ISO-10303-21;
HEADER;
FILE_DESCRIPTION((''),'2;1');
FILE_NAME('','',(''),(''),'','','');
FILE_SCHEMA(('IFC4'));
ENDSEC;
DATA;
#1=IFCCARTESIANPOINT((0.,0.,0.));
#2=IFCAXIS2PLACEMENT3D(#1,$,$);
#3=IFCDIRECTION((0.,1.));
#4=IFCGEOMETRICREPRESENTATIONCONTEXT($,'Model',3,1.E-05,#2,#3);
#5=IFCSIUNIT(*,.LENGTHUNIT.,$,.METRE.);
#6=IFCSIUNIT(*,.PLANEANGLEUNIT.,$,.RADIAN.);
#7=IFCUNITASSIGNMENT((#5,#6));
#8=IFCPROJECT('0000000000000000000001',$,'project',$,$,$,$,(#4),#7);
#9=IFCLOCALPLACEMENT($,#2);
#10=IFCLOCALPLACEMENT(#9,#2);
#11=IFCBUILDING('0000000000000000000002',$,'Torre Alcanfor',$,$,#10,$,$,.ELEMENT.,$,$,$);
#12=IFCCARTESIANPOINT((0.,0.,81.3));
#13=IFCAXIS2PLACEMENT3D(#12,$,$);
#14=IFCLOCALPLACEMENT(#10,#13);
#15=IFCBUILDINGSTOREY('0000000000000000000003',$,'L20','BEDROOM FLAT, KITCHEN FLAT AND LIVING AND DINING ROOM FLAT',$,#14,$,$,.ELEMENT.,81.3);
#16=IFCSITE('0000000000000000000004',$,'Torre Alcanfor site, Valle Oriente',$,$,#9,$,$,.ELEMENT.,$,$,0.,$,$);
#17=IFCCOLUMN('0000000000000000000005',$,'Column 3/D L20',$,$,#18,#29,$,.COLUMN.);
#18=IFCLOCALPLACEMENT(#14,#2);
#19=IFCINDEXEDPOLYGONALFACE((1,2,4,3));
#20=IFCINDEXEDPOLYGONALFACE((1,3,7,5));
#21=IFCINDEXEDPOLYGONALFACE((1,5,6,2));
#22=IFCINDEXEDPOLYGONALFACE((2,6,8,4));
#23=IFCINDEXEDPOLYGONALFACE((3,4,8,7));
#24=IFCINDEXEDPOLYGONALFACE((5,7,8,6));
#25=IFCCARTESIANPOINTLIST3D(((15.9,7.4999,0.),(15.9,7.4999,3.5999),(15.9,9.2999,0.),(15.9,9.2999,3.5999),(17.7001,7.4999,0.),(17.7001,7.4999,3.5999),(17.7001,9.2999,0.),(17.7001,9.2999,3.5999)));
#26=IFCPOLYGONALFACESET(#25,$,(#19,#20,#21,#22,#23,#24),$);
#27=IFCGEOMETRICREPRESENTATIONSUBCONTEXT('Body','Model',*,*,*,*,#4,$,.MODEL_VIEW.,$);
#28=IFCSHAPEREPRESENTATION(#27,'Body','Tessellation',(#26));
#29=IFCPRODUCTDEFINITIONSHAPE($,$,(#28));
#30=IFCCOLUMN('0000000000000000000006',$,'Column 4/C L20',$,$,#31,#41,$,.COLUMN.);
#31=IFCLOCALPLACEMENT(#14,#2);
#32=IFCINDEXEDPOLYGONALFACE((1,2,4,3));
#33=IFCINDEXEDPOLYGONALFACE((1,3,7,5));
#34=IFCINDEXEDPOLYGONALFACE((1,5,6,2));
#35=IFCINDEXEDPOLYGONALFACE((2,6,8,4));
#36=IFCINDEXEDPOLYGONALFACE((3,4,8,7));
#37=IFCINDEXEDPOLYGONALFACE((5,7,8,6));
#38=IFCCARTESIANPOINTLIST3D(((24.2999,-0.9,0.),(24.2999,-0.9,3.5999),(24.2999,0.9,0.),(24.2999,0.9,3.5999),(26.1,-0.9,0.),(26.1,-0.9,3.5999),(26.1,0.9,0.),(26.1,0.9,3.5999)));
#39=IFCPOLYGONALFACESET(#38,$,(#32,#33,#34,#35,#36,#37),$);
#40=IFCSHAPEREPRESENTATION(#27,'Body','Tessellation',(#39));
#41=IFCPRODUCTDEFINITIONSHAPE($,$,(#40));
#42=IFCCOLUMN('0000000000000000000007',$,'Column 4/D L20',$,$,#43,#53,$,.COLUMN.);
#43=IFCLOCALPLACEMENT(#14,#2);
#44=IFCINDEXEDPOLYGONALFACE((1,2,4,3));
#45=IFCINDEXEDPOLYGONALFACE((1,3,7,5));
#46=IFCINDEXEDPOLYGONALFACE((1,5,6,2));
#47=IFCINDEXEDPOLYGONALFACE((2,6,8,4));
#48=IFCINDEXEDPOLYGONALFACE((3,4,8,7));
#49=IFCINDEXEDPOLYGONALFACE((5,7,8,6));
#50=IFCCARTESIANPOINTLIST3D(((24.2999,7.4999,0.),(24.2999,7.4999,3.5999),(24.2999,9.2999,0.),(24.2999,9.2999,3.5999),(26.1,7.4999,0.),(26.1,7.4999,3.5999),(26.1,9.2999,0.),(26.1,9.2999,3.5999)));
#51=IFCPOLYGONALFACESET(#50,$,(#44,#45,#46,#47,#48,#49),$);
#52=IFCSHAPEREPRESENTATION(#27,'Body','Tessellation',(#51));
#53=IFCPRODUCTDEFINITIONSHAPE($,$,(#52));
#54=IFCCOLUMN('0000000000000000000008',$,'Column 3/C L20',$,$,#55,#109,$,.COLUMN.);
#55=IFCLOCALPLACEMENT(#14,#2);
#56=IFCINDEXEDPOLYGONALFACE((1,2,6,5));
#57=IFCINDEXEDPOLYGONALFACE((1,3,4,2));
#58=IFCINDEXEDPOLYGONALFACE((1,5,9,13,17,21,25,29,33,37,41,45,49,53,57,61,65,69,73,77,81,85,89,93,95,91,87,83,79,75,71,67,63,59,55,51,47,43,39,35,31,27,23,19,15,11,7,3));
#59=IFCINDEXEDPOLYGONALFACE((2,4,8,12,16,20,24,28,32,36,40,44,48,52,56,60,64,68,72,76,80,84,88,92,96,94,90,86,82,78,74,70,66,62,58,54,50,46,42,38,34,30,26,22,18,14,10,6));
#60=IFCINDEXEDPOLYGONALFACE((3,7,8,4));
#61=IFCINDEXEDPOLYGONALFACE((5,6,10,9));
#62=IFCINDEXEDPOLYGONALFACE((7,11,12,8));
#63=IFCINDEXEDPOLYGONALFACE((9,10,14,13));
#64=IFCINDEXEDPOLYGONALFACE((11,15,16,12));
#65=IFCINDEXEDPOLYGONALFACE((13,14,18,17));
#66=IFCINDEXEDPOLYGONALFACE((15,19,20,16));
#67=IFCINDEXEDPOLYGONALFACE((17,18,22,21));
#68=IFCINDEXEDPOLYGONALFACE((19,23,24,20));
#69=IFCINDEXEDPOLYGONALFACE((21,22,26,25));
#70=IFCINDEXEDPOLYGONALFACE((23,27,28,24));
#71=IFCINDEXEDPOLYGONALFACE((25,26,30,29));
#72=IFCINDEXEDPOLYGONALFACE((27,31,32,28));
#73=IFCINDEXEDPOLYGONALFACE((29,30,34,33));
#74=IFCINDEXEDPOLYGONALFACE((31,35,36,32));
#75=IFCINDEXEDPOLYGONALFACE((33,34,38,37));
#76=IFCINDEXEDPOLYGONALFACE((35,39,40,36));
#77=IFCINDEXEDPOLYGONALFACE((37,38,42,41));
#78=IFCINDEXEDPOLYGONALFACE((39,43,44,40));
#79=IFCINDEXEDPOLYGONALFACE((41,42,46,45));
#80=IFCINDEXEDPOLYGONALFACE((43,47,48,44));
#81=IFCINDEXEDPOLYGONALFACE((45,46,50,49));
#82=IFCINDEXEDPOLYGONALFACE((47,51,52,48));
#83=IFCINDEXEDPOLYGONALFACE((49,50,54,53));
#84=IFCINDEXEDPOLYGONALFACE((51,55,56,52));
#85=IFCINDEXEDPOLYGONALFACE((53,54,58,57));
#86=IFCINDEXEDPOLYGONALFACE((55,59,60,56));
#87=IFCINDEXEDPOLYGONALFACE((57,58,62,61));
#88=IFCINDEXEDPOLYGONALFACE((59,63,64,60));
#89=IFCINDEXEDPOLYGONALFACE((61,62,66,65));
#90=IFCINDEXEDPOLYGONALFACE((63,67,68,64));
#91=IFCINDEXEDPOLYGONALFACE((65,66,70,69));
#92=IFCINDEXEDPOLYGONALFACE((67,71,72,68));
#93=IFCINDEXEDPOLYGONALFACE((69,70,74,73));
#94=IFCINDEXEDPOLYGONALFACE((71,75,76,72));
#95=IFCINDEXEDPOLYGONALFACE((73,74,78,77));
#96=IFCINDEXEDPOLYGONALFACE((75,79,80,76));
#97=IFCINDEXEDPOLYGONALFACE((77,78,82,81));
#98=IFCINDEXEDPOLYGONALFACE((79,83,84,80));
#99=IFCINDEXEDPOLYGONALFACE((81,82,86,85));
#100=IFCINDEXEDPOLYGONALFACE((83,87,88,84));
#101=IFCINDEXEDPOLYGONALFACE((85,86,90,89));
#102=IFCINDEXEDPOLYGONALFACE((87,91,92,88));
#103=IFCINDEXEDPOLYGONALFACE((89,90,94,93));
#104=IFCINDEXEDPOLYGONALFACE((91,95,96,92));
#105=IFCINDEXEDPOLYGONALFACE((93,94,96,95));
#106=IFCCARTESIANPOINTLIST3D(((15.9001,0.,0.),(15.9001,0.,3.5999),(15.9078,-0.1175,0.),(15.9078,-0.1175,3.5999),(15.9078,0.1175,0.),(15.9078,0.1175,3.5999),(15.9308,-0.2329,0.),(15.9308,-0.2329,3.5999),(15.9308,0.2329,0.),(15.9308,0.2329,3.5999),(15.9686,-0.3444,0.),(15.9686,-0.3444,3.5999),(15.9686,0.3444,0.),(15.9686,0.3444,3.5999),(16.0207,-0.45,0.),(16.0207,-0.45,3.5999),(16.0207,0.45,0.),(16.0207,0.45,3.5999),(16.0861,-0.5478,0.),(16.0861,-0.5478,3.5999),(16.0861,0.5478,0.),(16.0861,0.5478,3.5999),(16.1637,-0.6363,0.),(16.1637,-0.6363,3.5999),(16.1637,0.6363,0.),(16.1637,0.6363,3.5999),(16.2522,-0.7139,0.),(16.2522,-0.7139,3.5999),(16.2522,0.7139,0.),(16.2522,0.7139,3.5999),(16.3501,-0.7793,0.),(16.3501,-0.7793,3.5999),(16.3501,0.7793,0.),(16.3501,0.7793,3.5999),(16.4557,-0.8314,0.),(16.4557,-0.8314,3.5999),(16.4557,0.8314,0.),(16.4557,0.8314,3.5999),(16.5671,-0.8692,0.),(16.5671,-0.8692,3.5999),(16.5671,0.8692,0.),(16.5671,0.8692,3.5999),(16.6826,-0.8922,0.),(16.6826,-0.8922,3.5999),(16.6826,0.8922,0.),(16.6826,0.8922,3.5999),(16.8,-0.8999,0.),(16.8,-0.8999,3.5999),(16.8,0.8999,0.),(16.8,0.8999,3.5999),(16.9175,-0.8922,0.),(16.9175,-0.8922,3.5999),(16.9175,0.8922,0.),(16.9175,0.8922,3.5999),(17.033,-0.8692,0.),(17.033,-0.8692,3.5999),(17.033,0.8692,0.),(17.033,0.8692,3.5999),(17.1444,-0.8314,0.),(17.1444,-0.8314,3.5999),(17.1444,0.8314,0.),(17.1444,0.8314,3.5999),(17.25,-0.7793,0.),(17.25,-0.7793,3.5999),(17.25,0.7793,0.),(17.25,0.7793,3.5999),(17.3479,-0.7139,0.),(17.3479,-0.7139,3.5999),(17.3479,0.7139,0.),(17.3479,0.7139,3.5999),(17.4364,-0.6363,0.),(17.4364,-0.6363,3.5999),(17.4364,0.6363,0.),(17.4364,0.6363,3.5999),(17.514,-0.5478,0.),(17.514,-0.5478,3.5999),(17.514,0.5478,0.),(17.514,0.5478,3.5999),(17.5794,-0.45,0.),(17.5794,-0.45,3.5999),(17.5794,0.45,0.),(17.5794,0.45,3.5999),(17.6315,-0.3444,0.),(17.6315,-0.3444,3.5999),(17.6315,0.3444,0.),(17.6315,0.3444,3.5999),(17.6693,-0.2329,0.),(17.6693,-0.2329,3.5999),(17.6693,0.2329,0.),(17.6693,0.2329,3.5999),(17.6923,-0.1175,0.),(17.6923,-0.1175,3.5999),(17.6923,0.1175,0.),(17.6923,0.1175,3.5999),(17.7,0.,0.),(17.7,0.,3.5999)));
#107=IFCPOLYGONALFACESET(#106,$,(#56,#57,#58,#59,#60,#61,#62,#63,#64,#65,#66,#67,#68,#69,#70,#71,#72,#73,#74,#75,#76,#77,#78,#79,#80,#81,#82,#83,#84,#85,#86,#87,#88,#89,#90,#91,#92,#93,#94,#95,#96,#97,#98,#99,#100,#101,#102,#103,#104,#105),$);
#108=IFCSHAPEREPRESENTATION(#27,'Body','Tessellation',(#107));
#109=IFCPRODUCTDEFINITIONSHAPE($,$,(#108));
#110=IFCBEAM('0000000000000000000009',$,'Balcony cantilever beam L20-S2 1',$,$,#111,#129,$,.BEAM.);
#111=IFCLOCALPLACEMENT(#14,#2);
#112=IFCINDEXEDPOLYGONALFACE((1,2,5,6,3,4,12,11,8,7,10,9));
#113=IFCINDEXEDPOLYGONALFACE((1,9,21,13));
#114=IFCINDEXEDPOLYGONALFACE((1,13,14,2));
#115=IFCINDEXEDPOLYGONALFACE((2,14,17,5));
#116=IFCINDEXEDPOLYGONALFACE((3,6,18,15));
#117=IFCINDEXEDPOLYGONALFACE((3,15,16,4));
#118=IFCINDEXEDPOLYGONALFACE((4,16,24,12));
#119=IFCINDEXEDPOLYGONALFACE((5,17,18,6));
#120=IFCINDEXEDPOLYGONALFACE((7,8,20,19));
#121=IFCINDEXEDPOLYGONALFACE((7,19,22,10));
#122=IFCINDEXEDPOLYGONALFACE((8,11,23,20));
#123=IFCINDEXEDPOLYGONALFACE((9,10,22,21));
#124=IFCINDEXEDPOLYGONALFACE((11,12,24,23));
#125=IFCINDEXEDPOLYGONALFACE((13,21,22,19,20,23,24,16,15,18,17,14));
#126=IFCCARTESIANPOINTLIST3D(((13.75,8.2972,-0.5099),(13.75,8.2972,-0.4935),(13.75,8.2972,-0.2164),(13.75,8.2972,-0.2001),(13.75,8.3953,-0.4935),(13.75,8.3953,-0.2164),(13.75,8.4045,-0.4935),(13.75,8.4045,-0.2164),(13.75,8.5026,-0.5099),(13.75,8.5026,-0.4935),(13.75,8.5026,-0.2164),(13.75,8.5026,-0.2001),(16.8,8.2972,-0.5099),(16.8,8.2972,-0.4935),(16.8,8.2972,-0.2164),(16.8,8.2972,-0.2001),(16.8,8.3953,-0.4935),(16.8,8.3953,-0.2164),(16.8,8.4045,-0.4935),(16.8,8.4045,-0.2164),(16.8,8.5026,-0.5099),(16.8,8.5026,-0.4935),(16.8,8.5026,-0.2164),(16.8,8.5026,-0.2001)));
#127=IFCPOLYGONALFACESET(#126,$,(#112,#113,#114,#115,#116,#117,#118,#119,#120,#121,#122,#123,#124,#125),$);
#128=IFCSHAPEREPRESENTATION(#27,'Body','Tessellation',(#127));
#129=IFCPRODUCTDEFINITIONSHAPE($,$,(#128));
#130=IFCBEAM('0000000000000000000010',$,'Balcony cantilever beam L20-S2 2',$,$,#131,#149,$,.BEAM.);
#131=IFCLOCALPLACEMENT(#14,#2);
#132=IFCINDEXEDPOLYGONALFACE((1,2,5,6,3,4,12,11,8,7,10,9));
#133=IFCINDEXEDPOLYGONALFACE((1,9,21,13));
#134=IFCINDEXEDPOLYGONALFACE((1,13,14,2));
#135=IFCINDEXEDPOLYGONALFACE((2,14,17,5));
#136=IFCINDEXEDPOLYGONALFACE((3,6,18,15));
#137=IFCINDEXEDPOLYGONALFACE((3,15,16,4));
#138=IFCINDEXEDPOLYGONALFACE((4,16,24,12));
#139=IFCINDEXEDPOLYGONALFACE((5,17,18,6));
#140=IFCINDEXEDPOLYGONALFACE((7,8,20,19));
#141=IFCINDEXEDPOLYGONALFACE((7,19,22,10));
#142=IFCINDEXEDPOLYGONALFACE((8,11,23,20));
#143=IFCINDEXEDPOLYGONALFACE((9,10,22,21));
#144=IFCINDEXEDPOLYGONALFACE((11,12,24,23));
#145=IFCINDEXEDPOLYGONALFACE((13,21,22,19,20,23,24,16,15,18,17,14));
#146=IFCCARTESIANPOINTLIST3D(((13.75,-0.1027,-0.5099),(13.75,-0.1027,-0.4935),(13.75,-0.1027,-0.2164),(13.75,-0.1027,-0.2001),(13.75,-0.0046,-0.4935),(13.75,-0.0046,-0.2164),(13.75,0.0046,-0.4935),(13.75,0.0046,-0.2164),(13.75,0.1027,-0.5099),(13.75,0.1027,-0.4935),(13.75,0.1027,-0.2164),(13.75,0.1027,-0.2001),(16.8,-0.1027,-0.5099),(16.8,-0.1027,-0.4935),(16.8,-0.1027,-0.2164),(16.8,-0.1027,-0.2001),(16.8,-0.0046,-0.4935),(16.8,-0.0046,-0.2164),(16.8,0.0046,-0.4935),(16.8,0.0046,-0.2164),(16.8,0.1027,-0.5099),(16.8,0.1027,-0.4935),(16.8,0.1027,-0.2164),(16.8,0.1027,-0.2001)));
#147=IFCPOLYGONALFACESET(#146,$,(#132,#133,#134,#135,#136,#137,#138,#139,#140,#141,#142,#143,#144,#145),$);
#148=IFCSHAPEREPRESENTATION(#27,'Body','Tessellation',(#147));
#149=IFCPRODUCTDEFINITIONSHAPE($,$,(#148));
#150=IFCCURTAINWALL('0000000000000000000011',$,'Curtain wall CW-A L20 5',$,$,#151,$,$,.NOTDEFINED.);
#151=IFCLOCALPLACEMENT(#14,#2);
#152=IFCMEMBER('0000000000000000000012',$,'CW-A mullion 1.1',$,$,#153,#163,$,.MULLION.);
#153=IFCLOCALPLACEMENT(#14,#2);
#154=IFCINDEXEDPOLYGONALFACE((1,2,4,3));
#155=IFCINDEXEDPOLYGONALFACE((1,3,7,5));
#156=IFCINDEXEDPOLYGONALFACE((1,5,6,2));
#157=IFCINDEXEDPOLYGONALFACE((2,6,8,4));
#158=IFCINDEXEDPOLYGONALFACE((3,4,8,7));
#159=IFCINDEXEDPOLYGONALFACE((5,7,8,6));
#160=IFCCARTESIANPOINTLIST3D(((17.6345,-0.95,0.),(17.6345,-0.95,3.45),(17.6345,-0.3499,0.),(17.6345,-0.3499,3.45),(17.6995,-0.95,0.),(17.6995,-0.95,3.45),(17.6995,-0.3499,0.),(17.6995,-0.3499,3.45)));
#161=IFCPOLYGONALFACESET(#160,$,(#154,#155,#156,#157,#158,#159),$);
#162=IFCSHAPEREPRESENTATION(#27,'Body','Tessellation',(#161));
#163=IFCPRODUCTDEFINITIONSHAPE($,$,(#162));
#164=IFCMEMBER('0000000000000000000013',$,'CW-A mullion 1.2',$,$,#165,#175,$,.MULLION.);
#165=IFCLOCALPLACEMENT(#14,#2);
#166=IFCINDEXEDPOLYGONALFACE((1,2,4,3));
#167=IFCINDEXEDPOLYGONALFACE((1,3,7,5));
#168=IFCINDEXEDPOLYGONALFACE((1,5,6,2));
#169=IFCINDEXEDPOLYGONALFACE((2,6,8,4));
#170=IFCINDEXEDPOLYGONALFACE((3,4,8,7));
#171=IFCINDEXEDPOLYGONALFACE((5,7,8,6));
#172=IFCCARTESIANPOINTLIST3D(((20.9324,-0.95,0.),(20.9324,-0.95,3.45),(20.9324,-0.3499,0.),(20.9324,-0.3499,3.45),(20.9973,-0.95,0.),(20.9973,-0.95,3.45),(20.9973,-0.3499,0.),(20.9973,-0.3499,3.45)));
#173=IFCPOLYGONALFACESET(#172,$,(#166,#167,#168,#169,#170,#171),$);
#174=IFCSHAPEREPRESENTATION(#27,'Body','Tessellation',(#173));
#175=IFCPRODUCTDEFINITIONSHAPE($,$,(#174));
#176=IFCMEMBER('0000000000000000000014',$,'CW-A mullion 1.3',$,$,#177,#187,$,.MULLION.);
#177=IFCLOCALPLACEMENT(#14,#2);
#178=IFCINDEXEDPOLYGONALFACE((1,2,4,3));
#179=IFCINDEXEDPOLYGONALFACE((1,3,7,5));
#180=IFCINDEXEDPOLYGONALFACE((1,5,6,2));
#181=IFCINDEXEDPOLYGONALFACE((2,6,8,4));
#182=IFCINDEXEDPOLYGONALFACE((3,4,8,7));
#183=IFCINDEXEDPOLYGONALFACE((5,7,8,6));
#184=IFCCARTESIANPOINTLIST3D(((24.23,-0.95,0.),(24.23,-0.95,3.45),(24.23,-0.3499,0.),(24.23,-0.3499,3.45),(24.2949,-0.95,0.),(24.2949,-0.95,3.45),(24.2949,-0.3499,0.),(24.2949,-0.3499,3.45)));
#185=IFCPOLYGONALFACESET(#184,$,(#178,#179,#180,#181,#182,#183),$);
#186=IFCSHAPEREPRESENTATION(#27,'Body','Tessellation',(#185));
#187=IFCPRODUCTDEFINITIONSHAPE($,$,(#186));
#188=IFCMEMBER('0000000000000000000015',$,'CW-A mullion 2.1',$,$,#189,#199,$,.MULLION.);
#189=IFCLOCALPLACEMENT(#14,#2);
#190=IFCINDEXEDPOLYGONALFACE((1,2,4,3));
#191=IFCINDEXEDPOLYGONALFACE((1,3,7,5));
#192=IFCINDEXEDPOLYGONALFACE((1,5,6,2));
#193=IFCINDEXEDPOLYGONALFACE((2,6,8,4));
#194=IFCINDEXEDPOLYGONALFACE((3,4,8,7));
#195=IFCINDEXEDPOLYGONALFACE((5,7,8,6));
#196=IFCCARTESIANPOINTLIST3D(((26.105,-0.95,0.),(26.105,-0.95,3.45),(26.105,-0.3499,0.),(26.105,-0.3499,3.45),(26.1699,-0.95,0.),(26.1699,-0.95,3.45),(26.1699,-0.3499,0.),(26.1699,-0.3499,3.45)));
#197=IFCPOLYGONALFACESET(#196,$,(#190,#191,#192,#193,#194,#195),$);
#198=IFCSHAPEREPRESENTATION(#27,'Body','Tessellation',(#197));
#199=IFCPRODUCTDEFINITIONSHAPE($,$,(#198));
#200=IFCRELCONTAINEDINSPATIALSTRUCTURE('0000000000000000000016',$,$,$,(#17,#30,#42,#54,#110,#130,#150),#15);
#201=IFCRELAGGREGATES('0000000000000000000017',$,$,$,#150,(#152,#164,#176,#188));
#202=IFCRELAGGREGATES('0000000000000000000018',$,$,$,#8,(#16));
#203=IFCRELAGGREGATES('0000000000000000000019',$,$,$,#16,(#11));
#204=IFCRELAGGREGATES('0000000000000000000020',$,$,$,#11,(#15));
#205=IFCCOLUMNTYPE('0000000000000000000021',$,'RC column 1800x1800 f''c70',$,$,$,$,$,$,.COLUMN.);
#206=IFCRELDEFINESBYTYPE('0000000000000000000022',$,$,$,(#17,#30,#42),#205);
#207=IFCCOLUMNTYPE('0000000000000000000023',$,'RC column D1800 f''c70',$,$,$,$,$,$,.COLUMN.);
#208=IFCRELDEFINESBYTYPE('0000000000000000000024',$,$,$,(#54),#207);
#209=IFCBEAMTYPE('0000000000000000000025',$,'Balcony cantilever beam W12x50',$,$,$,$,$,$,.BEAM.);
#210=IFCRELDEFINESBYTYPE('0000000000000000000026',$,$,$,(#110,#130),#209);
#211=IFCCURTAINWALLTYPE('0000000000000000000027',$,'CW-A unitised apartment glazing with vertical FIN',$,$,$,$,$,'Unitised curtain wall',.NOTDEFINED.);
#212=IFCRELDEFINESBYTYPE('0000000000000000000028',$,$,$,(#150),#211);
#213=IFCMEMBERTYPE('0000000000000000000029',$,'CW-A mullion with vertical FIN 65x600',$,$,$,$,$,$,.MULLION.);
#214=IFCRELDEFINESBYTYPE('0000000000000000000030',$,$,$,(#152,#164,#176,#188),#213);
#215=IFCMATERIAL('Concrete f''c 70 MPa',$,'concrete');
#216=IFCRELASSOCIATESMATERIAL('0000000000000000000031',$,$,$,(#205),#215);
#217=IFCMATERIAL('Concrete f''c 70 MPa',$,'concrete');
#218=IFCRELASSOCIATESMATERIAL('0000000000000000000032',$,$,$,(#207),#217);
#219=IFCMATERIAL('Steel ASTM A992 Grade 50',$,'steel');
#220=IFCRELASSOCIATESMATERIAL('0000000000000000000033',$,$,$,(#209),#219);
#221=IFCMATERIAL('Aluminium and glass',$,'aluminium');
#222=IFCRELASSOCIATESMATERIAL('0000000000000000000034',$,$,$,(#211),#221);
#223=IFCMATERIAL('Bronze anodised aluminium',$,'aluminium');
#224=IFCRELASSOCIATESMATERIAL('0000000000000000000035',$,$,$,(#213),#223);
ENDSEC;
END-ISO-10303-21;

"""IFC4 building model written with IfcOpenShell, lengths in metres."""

from ifc_helpers import new_model, si_unit, direction, frame, origin, origin_2d, place, context, subcontext, project, spatial, rectangle, circle, i_section, extrude, material, material_profile, profile_set, type_object, element, aggregate, save


model = new_model("IFC4")

# Units and contexts
model_context = context("Model", 3, precision=1e-05, world=origin(), true_north=direction((0.0, 1.0)))
body_context = subcontext(model_context, "Body", "Model", "MODEL_VIEW")
ifc_project = project(units=[si_unit("LENGTHUNIT", "METRE"), si_unit("PLANEANGLEUNIT", "RADIAN")], contexts=[model_context])

# Site, building, storey
site_placement = place(None, origin())
site = spatial("IfcSite", under=ifc_project, at=site_placement, Name="Torre Alcanfor site, Valle Oriente", CompositionType="ELEMENT", RefElevation=0.0)
building_placement = place(site_placement, origin())
building = spatial("IfcBuilding", under=site, at=building_placement, Name="Torre Alcanfor", CompositionType="ELEMENT")
storey_placement = place(building_placement, frame((0.0, 0.0, 81.3)))
storey = spatial("IfcBuildingStorey", under=building, at=storey_placement, Name="L20", Description="BEDROOM FLAT, KITCHEN FLAT AND LIVING AND DINING ROOM FLAT", CompositionType="ELEMENT", Elevation=81.3)

# Columns
ifc_material_1 = material(Name="Concrete f'c 70 MPa", Category="concrete")
ifc_material_profile_1 = material_profile(ifc_material_1, rectangle(XDim=1.8, YDim=1.8, at=origin_2d()), Name="1800x1800")
ifc_profile_set_1 = profile_set([ifc_material_profile_1], Name="Concrete f'c 70 MPa")
column_type_1 = type_object("IfcColumnType", Name="RC column 1800x1800 f'c70", PredefinedType="COLUMN", material=ifc_profile_set_1)
for number, where, z_axis, x_axis, name in (
    (1, (16.8, 8.3999, 0.0), (0.0, 0.0, 1.0), (1.0, 0.0, 0.0), "Column 3/D L20"),
    (2, (25.2, 0.0, 0.0), (0.0, 0.0, 1.0), (1.0, 0.0, 0.0), "Column 4/C L20"),
    (3, (25.2, 8.3999, 0.0), (0.0, 0.0, 1.0), (1.0, 0.0, 0.0), "Column 4/D L20"),
):
    element("IfcColumn", number, at=place(storey_placement, frame(where, z_axis=z_axis, x_axis=x_axis)), inside=storey, type_object=column_type_1, Name=name, PredefinedType="COLUMN", context=body_context, shape_type="SweptSolid", body=[
        extrude(rectangle(XDim=1.8, YDim=1.8, at=origin_2d()), origin(), (0.0, 0.0, 1.0), 3.5999),
    ])
ifc_material_2 = material(Name="Concrete f'c 70 MPa", Category="concrete")
ifc_material_profile_2 = material_profile(ifc_material_2, circle(Radius=0.8999, at=origin_2d()), Name="D1800")
ifc_profile_set_2 = profile_set([ifc_material_profile_2], Name="Concrete f'c 70 MPa")
column_type_2 = type_object("IfcColumnType", Name="RC column D1800 f'c70", PredefinedType="COLUMN", material=ifc_profile_set_2)
column_placement = place(storey_placement, frame((16.8, 0.0, 0.0), z_axis=(0.0, 0.0, 1.0), x_axis=(1.0, 0.0, 0.0)))
element("IfcColumn", 4, at=column_placement, inside=storey, type_object=column_type_2, Name="Column 3/C L20", PredefinedType="COLUMN", context=body_context, shape_type="SweptSolid", body=[
    extrude(circle(Radius=0.8999, at=origin_2d()), origin(), (0.0, 0.0, 1.0), 3.5999),
])

# Beams
ifc_material_3 = material(Name="Steel ASTM A992 Grade 50", Category="steel")
ifc_material_profile_3 = material_profile(ifc_material_3, i_section(OverallWidth=0.2053, OverallDepth=0.3098, WebThickness=0.0093, FlangeThickness=0.0164, at=origin_2d()), Name="W12x50")
ifc_profile_set_3 = profile_set([ifc_material_profile_3], Name="Steel ASTM A992 Grade 50")
beam_type_1 = type_object("IfcBeamType", Name="Balcony cantilever beam W12x50", PredefinedType="BEAM", material=ifc_profile_set_3)
for number, where, z_axis, x_axis, name in (
    (5, (16.8, 8.3999, -0.355), (-1.0, 0.0, 0.0), (0.0, -1.0, 0.0), "Balcony cantilever beam L20-S2 1"),
    (6, (16.8, 0.0, -0.355), (-1.0, 0.0, 0.0), (0.0, -1.0, 0.0), "Balcony cantilever beam L20-S2 2"),
):
    element("IfcBeam", number, at=place(storey_placement, frame(where, z_axis=z_axis, x_axis=x_axis)), inside=storey, type_object=beam_type_1, Name=name, PredefinedType="BEAM", context=body_context, shape_type="SweptSolid", body=[
        extrude(i_section(OverallWidth=0.2053, OverallDepth=0.3098, WebThickness=0.0093, FlangeThickness=0.0164, at=origin_2d()), origin(), (0.0, 0.0, 1.0), 3.05),
    ])

# Curtain wall, members
ifc_material_4 = material(Name="Aluminium and glass", Category="aluminium")
curtain_wall_type = type_object("IfcCurtainWallType", Name="CW-A unitised apartment glazing with vertical FIN", ElementType="Unitised curtain wall", PredefinedType="NOTDEFINED", material=ifc_material_4)
curtain_wall_placement = place(storey_placement, origin())
curtain_wall = element("IfcCurtainWall", 7, at=curtain_wall_placement, inside=storey, type_object=curtain_wall_type, Name="Curtain wall CW-A L20 5", PredefinedType="NOTDEFINED")
ifc_material_5 = material(Name="Bronze anodised aluminium", Category="aluminium")
ifc_material_profile_4 = material_profile(ifc_material_5, rectangle(XDim=0.6001, YDim=0.0649, at=origin_2d()), Name="CW-A mullion 65x600")
ifc_profile_set_4 = profile_set([ifc_material_profile_4], Name="Bronze anodised aluminium")
member_type_1 = type_object("IfcMemberType", Name="CW-A mullion with vertical FIN 65x600", PredefinedType="MULLION", material=ifc_profile_set_4)
member_1_placement = place(storey_placement, frame((17.667, -0.6499, 0.0), z_axis=(0.0, 0.0, 1.0), x_axis=(0.0, 1.0, 0.0)))
member_1 = element("IfcMember", 8, at=member_1_placement, type_object=member_type_1, Name="CW-A mullion 1.1", PredefinedType="MULLION", context=body_context, shape_type="SweptSolid", body=[
    extrude(rectangle(XDim=0.6001, YDim=0.0649, at=origin_2d()), origin(), (0.0, 0.0, 1.0), 3.45),
])
member_2_placement = place(storey_placement, frame((20.9648, -0.6499, 0.0), z_axis=(0.0, 0.0, 1.0), x_axis=(0.0, 1.0, 0.0)))
member_2 = element("IfcMember", 9, at=member_2_placement, type_object=member_type_1, Name="CW-A mullion 1.2", PredefinedType="MULLION", context=body_context, shape_type="SweptSolid", body=[
    extrude(rectangle(XDim=0.6001, YDim=0.0649, at=origin_2d()), origin(), (0.0, 0.0, 1.0), 3.45),
])
member_3_placement = place(storey_placement, frame((24.2625, -0.6499, 0.0), z_axis=(0.0, 0.0, 1.0), x_axis=(0.0, 1.0, 0.0)))
member_3 = element("IfcMember", 10, at=member_3_placement, type_object=member_type_1, Name="CW-A mullion 1.3", PredefinedType="MULLION", context=body_context, shape_type="SweptSolid", body=[
    extrude(rectangle(XDim=0.6001, YDim=0.0649, at=origin_2d()), origin(), (0.0, 0.0, 1.0), 3.45),
])
member_4_placement = place(storey_placement, frame((26.1375, -0.6499, 0.0), z_axis=(0.0, 0.0, 1.0), x_axis=(0.0, 1.0, 0.0)))
member_4 = element("IfcMember", 11, at=member_4_placement, type_object=member_type_1, Name="CW-A mullion 2.1", PredefinedType="MULLION", context=body_context, shape_type="SweptSolid", body=[
    extrude(rectangle(XDim=0.6001, YDim=0.0649, at=origin_2d()), origin(), (0.0, 0.0, 1.0), 3.45),
])

aggregate(curtain_wall, [member_1, member_2, member_3, member_4])

save(model, "model.ifc")
